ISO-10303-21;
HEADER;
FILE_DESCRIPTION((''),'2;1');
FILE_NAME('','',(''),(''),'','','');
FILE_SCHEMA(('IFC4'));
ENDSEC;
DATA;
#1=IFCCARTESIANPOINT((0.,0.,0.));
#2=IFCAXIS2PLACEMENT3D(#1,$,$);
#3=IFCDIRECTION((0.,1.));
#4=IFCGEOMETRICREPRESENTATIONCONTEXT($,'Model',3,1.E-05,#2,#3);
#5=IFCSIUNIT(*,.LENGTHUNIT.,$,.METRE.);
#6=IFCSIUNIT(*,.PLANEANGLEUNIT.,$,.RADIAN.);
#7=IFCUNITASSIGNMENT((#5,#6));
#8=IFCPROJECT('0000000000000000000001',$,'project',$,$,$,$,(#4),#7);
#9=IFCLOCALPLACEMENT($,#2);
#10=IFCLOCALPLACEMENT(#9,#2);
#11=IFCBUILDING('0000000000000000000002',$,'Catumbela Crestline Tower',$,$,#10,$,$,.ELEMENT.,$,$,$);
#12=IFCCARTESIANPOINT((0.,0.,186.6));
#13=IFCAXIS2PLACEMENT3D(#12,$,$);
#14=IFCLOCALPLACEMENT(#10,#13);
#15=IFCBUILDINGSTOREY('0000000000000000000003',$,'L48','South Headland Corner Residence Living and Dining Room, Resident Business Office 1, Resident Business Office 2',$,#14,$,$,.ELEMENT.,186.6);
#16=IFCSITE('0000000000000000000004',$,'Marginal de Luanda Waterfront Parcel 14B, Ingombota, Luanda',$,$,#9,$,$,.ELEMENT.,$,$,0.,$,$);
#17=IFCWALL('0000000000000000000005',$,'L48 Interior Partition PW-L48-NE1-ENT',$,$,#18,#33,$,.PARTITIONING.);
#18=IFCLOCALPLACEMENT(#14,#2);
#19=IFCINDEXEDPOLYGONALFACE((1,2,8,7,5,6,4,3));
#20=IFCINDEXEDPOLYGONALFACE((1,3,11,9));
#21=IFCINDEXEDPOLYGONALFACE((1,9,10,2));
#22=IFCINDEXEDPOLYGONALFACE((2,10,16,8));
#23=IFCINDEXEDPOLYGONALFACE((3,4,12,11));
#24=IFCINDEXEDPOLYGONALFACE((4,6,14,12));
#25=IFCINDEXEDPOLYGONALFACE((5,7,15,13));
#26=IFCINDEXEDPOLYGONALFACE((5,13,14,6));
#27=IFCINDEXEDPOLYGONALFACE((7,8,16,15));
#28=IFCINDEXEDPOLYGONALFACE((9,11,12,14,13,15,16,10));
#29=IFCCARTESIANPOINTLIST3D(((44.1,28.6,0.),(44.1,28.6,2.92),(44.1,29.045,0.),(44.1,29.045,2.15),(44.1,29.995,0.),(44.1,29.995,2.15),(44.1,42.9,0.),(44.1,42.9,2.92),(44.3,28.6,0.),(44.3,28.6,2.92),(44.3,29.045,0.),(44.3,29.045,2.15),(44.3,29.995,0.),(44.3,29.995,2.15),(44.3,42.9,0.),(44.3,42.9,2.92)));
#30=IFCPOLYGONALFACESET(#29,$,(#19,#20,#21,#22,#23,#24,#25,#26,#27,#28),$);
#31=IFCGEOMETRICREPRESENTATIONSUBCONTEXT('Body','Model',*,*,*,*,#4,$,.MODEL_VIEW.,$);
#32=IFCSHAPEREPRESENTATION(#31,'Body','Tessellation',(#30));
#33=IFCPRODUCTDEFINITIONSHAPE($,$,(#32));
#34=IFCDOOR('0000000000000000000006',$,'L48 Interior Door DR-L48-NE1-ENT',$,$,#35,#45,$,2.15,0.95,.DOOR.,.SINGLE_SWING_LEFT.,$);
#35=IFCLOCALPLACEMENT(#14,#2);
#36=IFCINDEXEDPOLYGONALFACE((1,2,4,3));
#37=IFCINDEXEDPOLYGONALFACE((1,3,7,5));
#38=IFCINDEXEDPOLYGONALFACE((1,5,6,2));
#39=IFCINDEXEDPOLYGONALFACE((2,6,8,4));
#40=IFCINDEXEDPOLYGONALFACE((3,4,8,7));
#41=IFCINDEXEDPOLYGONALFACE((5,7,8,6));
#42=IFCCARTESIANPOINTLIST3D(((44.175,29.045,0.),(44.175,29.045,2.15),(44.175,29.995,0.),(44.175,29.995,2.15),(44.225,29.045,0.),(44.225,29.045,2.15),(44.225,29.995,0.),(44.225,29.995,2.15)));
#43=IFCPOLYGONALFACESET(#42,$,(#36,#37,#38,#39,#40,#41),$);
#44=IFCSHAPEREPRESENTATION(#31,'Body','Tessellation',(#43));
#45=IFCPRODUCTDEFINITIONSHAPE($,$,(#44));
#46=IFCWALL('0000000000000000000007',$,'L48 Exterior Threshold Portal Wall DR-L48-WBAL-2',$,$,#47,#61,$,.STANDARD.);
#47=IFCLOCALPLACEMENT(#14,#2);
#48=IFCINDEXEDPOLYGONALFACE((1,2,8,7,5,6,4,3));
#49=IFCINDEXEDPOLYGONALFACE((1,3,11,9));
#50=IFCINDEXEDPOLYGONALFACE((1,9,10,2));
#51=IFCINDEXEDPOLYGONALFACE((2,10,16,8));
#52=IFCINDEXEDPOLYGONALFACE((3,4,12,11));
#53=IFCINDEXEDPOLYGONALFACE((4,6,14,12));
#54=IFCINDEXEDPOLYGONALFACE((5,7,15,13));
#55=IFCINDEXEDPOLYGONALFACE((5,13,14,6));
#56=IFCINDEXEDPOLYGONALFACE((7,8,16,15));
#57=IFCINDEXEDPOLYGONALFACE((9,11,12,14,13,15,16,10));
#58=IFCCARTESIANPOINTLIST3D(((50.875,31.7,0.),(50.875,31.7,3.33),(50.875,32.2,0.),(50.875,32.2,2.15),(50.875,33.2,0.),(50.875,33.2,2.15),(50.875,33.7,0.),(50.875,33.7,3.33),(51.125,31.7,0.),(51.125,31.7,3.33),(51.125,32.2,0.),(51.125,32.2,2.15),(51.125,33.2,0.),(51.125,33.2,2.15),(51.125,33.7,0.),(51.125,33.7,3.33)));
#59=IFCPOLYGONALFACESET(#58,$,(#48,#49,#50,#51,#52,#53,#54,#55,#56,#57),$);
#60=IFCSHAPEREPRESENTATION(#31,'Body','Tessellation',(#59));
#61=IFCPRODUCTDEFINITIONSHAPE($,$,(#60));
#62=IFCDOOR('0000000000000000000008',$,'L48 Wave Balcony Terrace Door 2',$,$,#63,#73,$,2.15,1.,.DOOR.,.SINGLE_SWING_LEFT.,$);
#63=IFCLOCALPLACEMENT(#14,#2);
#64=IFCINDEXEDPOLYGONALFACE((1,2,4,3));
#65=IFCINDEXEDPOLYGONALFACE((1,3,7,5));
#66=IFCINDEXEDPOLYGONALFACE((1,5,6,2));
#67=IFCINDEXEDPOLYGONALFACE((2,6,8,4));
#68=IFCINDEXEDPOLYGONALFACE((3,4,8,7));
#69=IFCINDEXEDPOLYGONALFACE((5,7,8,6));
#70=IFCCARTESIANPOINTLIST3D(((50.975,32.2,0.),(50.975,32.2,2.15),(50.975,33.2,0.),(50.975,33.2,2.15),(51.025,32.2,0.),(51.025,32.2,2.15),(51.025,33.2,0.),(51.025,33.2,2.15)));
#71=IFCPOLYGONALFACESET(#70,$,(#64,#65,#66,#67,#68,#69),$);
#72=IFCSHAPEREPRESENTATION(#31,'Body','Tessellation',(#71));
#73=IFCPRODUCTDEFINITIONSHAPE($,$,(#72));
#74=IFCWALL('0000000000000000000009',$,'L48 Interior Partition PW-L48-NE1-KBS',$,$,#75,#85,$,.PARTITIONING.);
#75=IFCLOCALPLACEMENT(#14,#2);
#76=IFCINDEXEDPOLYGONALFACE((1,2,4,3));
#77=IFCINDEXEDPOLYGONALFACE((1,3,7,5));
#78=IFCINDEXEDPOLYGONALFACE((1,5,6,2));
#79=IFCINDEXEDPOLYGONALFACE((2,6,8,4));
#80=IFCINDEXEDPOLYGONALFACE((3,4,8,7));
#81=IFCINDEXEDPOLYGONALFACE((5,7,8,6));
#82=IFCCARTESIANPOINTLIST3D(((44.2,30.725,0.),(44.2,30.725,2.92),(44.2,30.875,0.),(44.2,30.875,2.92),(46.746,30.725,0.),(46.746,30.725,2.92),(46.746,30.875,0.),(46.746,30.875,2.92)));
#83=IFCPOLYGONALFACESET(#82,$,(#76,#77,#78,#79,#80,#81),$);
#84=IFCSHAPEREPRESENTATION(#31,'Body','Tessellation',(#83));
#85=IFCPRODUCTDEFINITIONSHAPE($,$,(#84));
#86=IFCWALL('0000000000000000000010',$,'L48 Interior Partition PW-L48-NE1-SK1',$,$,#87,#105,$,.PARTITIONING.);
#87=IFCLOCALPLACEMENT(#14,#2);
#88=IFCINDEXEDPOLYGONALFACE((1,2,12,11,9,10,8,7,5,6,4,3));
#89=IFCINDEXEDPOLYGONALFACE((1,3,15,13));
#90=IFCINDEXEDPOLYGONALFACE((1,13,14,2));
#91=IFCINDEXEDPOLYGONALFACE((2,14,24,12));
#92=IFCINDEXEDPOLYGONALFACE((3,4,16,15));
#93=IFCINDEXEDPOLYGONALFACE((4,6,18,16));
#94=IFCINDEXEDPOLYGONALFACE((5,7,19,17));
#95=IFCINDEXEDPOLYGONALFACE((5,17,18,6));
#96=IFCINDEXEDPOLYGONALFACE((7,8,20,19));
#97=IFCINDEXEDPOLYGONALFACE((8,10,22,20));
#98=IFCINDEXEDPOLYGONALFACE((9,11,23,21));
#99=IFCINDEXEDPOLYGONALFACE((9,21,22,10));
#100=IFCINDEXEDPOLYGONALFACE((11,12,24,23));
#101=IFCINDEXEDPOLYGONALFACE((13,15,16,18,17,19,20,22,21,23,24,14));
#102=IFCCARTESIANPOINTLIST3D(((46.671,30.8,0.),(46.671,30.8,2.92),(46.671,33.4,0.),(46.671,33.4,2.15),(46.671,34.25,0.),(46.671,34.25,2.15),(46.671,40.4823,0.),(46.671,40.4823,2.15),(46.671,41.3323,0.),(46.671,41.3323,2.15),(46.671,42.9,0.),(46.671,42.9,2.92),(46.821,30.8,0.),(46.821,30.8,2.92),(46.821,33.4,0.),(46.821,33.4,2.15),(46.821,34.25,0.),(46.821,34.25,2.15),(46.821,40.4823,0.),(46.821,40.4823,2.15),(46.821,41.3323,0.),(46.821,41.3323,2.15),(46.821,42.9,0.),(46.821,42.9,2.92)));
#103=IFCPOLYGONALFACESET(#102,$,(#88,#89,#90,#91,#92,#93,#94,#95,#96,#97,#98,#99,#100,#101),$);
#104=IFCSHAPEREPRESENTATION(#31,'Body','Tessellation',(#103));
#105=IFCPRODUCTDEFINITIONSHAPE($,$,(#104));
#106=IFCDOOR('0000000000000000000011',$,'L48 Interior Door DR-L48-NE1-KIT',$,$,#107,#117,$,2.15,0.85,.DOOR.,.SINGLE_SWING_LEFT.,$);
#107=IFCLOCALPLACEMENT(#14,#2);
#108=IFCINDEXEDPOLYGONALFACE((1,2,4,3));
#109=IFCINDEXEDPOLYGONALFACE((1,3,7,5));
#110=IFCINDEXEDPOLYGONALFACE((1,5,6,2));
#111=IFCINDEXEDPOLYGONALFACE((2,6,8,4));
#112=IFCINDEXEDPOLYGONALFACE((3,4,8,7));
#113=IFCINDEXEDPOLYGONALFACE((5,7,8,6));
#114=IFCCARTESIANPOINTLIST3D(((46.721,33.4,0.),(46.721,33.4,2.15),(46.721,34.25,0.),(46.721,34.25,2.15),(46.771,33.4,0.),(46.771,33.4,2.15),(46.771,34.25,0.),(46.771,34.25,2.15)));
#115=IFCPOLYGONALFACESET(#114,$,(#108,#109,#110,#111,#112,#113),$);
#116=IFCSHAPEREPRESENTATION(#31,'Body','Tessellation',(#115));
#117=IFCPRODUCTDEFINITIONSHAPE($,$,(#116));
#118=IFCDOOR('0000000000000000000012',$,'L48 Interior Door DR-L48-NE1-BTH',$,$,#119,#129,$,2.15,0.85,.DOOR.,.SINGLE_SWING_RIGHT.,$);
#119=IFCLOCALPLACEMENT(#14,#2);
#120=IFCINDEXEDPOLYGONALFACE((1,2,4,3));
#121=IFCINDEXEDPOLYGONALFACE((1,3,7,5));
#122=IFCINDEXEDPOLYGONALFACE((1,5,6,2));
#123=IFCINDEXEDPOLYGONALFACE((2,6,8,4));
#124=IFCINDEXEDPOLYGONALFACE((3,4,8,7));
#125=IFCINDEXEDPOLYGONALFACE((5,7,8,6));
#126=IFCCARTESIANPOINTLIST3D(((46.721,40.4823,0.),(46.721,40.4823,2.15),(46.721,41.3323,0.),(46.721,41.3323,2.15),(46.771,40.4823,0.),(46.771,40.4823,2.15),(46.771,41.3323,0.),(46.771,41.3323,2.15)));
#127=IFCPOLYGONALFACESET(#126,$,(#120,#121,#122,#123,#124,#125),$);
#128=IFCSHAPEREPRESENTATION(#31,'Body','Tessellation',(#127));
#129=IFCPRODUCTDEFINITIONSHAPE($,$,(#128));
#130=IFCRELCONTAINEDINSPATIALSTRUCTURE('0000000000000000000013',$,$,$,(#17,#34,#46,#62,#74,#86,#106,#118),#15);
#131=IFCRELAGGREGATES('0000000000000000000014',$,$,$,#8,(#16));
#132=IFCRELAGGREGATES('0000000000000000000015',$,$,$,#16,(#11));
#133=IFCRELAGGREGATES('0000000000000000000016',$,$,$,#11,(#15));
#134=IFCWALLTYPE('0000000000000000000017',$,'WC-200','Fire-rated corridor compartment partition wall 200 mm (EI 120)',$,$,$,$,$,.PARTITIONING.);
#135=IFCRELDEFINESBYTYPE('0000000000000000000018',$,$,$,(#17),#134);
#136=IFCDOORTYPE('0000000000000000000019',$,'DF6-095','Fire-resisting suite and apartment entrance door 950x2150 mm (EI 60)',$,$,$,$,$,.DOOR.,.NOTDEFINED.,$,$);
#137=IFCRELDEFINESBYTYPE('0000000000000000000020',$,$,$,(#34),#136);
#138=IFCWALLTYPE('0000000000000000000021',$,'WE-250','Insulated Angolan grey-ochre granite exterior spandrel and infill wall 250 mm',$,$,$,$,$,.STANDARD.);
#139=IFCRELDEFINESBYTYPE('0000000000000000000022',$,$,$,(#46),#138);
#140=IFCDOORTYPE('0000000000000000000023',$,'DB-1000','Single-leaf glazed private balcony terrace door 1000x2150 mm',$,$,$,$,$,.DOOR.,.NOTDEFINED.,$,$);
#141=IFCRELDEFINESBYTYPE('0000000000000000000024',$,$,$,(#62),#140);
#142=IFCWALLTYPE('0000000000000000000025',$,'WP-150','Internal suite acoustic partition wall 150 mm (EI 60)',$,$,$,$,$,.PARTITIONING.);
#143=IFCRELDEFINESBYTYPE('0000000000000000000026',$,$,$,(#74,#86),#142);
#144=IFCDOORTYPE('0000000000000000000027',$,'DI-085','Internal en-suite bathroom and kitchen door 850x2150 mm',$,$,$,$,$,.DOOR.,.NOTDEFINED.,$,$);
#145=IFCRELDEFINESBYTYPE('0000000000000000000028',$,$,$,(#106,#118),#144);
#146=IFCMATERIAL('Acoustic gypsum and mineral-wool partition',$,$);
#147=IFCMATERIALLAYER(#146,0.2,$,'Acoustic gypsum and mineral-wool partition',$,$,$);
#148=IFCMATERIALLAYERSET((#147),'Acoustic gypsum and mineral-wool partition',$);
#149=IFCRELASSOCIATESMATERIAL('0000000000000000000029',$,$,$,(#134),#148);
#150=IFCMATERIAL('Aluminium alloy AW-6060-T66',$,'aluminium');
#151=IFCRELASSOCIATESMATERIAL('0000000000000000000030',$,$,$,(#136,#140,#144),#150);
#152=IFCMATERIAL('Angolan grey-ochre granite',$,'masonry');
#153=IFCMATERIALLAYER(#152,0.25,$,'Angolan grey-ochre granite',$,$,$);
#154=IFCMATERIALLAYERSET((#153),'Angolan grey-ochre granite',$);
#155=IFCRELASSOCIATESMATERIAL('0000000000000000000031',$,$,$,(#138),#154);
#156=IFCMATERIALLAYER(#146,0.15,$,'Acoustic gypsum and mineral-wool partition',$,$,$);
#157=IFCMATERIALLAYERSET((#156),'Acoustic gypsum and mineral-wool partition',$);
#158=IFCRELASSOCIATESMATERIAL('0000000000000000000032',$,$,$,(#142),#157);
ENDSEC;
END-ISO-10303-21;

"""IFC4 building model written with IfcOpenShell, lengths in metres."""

from ifc_helpers import new_model, si_unit, direction, frame, frame_2d, origin, place, context, subcontext, project, spatial, rectangle, extrude, material, layer, layer_set, type_object, element, fill, save


model = new_model("IFC4")

# Units and contexts
model_context = context("Model", 3, precision=1e-05, world=origin(), true_north=direction((0.0, 1.0)))
body_context = subcontext(model_context, "Body", "Model", "MODEL_VIEW")
ifc_project = project(units=[si_unit("LENGTHUNIT", "METRE"), si_unit("PLANEANGLEUNIT", "RADIAN")], contexts=[model_context])

# Site, building, storey
site_placement = place(None, origin())
site = spatial("IfcSite", under=ifc_project, at=site_placement, Name="Marginal de Luanda Waterfront Parcel 14B, Ingombota, Luanda", CompositionType="ELEMENT", RefElevation=0.0)
building_placement = place(site_placement, origin())
building = spatial("IfcBuilding", under=site, at=building_placement, Name="Catumbela Crestline Tower", CompositionType="ELEMENT")
storey_placement = place(building_placement, frame((0.0, 0.0, 186.6)))
storey = spatial("IfcBuildingStorey", under=building, at=storey_placement, Name="L48", Description="South Headland Corner Residence Living and Dining Room, Resident Business Office 1, Resident Business Office 2", CompositionType="ELEMENT", Elevation=186.6)

# Shared definitions
ifc_material_1 = material(Name="Aluminium alloy AW-6060-T66", Category="aluminium")

# Walls, openings, doors
ifc_material_2 = material(Name="Acoustic gypsum and mineral-wool partition")
ifc_layer_1 = layer(ifc_material_2, 0.2, Name="Acoustic gypsum and mineral-wool partition")
ifc_layer_set_1 = layer_set([ifc_layer_1], Name="Acoustic gypsum and mineral-wool partition")
wall_type_1 = type_object("IfcWallType", Name="WC-200", Description="Fire-rated corridor compartment partition wall 200 mm (EI 120)", PredefinedType="PARTITIONING", material=ifc_layer_set_1)
wall_1_placement = place(storey_placement, frame((44.2, 28.6, 0.0), z_axis=(0.0, 0.0, 1.0), x_axis=(0.0, 1.0, 0.0)))
wall_1 = element("IfcWall", 1, at=wall_1_placement, inside=storey, type_object=wall_type_1, Name="L48 Interior Partition PW-L48-NE1-ENT", PredefinedType="PARTITIONING", context=body_context, shape_type="SweptSolid", body=[
    extrude(rectangle(XDim=14.3, YDim=0.2, at=frame_2d((7.15, 0.0))), origin(), (0.0, 0.0, 1.0), 2.92),
])
opening_1_placement = place(wall_1_placement, frame((0.445, 0.0, 0.0)))
opening_1 = element("IfcOpeningElement", 2, at=opening_1_placement, cuts=wall_1, PredefinedType="OPENING", context=body_context, shape_type="SweptSolid", body=[
    extrude(rectangle(XDim=0.95, YDim=2.15, at=frame_2d((0.475, 1.075))), frame((0.0, 0.11, 0.0), z_axis=(0.0, -1.0, 0.0), x_axis=(1.0, 0.0, 0.0)), (0.0, 0.0, 1.0), 0.22),
])
door_type_1 = type_object("IfcDoorType", Name="DF6-095", Description="Fire-resisting suite and apartment entrance door 950x2150 mm (EI 60)", OperationType="NOTDEFINED", PredefinedType="DOOR", material=ifc_material_1)
door_1_placement = place(opening_1_placement, origin())
door_1 = element("IfcDoor", 3, at=door_1_placement, inside=storey, type_object=door_type_1, Name="L48 Interior Door DR-L48-NE1-ENT", OperationType="SINGLE_SWING_LEFT", OverallHeight=2.15, OverallWidth=0.95, PredefinedType="DOOR", context=body_context, shape_type="SweptSolid", body=[
    extrude(rectangle(XDim=0.95, YDim=2.15, at=frame_2d((0.475, 1.075))), frame((0.0, 0.025, 0.0), z_axis=(0.0, -1.0, 0.0), x_axis=(1.0, 0.0, 0.0)), (0.0, 0.0, 1.0), 0.05),
])
fill(opening_1, door_1)
ifc_material_3 = material(Name="Angolan grey-ochre granite", Category="masonry")
ifc_layer_2 = layer(ifc_material_3, 0.25, Name="Angolan grey-ochre granite")
ifc_layer_set_2 = layer_set([ifc_layer_2], Name="Angolan grey-ochre granite")
wall_type_2 = type_object("IfcWallType", Name="WE-250", Description="Insulated Angolan grey-ochre granite exterior spandrel and infill wall 250 mm", PredefinedType="STANDARD", material=ifc_layer_set_2)
wall_2_placement = place(storey_placement, frame((51.0, 31.7, 0.0), z_axis=(0.0, 0.0, 1.0), x_axis=(0.0, 1.0, 0.0)))
wall_2 = element("IfcWall", 4, at=wall_2_placement, inside=storey, type_object=wall_type_2, Name="L48 Exterior Threshold Portal Wall DR-L48-WBAL-2", PredefinedType="STANDARD", context=body_context, shape_type="SweptSolid", body=[
    extrude(rectangle(XDim=2.0, YDim=0.25, at=frame_2d((1.0, 0.0))), origin(), (0.0, 0.0, 1.0), 3.33),
])
opening_2_placement = place(wall_2_placement, frame((0.5, 0.0, 0.0)))
opening_2 = element("IfcOpeningElement", 5, at=opening_2_placement, cuts=wall_2, PredefinedType="OPENING", context=body_context, shape_type="SweptSolid", body=[
    extrude(rectangle(XDim=1.0, YDim=2.15, at=frame_2d((0.5, 1.075))), frame((0.0, 0.135, 0.0), z_axis=(0.0, -1.0, 0.0), x_axis=(1.0, 0.0, 0.0)), (0.0, 0.0, 1.0), 0.27),
])
door_type_2 = type_object("IfcDoorType", Name="DB-1000", Description="Single-leaf glazed private balcony terrace door 1000x2150 mm", OperationType="NOTDEFINED", PredefinedType="DOOR", material=ifc_material_1)
door_2_placement = place(opening_2_placement, origin())
door_2 = element("IfcDoor", 6, at=door_2_placement, inside=storey, type_object=door_type_2, Name="L48 Wave Balcony Terrace Door 2", OperationType="SINGLE_SWING_LEFT", OverallHeight=2.15, OverallWidth=1.0, PredefinedType="DOOR", context=body_context, shape_type="SweptSolid", body=[
    extrude(rectangle(XDim=1.0, YDim=2.15, at=frame_2d((0.5, 1.075))), frame((0.0, 0.025, 0.0), z_axis=(0.0, -1.0, 0.0), x_axis=(1.0, 0.0, 0.0)), (0.0, 0.0, 1.0), 0.05),
])
fill(opening_2, door_2)

# Wall
ifc_layer_3 = layer(ifc_material_2, 0.15, Name="Acoustic gypsum and mineral-wool partition")
ifc_layer_set_3 = layer_set([ifc_layer_3], Name="Acoustic gypsum and mineral-wool partition")
wall_type_3 = type_object("IfcWallType", Name="WP-150", Description="Internal suite acoustic partition wall 150 mm (EI 60)", PredefinedType="PARTITIONING", material=ifc_layer_set_3)
wall_3_placement = place(storey_placement, frame((44.2, 30.8, 0.0), z_axis=(0.0, 0.0, 1.0), x_axis=(1.0, 0.0, 0.0)))
element("IfcWall", 7, at=wall_3_placement, inside=storey, type_object=wall_type_3, Name="L48 Interior Partition PW-L48-NE1-KBS", PredefinedType="PARTITIONING", context=body_context, shape_type="SweptSolid", body=[
    extrude(rectangle(XDim=2.546, YDim=0.15, at=frame_2d((1.273, 0.0))), origin(), (0.0, 0.0, 1.0), 2.92),
])

# Wall, openings, doors
wall_4_placement = place(storey_placement, frame((46.746, 30.8, 0.0), z_axis=(0.0, 0.0, 1.0), x_axis=(0.0, 1.0, 0.0)))
wall_4 = element("IfcWall", 8, at=wall_4_placement, inside=storey, type_object=wall_type_3, Name="L48 Interior Partition PW-L48-NE1-SK1", PredefinedType="PARTITIONING", context=body_context, shape_type="SweptSolid", body=[
    extrude(rectangle(XDim=12.1, YDim=0.15, at=frame_2d((6.05, 0.0))), origin(), (0.0, 0.0, 1.0), 2.92),
])
opening_3_placement = place(wall_4_placement, frame((2.6, 0.0, 0.0)))
opening_3 = element("IfcOpeningElement", 9, at=opening_3_placement, cuts=wall_4, PredefinedType="OPENING", context=body_context, shape_type="SweptSolid", body=[
    extrude(rectangle(XDim=0.85, YDim=2.15, at=frame_2d((0.425, 1.075))), frame((0.0, 0.085, 0.0), z_axis=(0.0, -1.0, 0.0), x_axis=(1.0, 0.0, 0.0)), (0.0, 0.0, 1.0), 0.17),
])
opening_4_placement = place(wall_4_placement, frame((9.6823, 0.0, 0.0)))
opening_4 = element("IfcOpeningElement", 10, at=opening_4_placement, cuts=wall_4, PredefinedType="OPENING", context=body_context, shape_type="SweptSolid", body=[
    extrude(rectangle(XDim=0.85, YDim=2.15, at=frame_2d((0.425, 1.075))), frame((0.0, 0.085, 0.0), z_axis=(0.0, -1.0, 0.0), x_axis=(1.0, 0.0, 0.0)), (0.0, 0.0, 1.0), 0.17),
])
door_type_3 = type_object("IfcDoorType", Name="DI-085", Description="Internal en-suite bathroom and kitchen door 850x2150 mm", OperationType="NOTDEFINED", PredefinedType="DOOR", material=ifc_material_1)
door_3_placement = place(opening_3_placement, origin())
door_3 = element("IfcDoor", 11, at=door_3_placement, inside=storey, type_object=door_type_3, Name="L48 Interior Door DR-L48-NE1-KIT", OperationType="SINGLE_SWING_LEFT", OverallHeight=2.15, OverallWidth=0.85, PredefinedType="DOOR", context=body_context, shape_type="SweptSolid", body=[
    extrude(rectangle(XDim=0.85, YDim=2.15, at=frame_2d((0.425, 1.075))), frame((0.0, 0.025, 0.0), z_axis=(0.0, -1.0, 0.0), x_axis=(1.0, 0.0, 0.0)), (0.0, 0.0, 1.0), 0.05),
])
fill(opening_3, door_3)
door_4_placement = place(opening_4_placement, origin())
door_4 = element("IfcDoor", 12, at=door_4_placement, inside=storey, type_object=door_type_3, Name="L48 Interior Door DR-L48-NE1-BTH", OperationType="SINGLE_SWING_RIGHT", OverallHeight=2.15, OverallWidth=0.85, PredefinedType="DOOR", context=body_context, shape_type="SweptSolid", body=[
    extrude(rectangle(XDim=0.85, YDim=2.15, at=frame_2d((0.425, 1.075))), frame((0.0, 0.025, 0.0), z_axis=(0.0, -1.0, 0.0), x_axis=(1.0, 0.0, 0.0)), (0.0, 0.0, 1.0), 0.05),
])
fill(opening_4, door_4)

save(model, "model.ifc")
